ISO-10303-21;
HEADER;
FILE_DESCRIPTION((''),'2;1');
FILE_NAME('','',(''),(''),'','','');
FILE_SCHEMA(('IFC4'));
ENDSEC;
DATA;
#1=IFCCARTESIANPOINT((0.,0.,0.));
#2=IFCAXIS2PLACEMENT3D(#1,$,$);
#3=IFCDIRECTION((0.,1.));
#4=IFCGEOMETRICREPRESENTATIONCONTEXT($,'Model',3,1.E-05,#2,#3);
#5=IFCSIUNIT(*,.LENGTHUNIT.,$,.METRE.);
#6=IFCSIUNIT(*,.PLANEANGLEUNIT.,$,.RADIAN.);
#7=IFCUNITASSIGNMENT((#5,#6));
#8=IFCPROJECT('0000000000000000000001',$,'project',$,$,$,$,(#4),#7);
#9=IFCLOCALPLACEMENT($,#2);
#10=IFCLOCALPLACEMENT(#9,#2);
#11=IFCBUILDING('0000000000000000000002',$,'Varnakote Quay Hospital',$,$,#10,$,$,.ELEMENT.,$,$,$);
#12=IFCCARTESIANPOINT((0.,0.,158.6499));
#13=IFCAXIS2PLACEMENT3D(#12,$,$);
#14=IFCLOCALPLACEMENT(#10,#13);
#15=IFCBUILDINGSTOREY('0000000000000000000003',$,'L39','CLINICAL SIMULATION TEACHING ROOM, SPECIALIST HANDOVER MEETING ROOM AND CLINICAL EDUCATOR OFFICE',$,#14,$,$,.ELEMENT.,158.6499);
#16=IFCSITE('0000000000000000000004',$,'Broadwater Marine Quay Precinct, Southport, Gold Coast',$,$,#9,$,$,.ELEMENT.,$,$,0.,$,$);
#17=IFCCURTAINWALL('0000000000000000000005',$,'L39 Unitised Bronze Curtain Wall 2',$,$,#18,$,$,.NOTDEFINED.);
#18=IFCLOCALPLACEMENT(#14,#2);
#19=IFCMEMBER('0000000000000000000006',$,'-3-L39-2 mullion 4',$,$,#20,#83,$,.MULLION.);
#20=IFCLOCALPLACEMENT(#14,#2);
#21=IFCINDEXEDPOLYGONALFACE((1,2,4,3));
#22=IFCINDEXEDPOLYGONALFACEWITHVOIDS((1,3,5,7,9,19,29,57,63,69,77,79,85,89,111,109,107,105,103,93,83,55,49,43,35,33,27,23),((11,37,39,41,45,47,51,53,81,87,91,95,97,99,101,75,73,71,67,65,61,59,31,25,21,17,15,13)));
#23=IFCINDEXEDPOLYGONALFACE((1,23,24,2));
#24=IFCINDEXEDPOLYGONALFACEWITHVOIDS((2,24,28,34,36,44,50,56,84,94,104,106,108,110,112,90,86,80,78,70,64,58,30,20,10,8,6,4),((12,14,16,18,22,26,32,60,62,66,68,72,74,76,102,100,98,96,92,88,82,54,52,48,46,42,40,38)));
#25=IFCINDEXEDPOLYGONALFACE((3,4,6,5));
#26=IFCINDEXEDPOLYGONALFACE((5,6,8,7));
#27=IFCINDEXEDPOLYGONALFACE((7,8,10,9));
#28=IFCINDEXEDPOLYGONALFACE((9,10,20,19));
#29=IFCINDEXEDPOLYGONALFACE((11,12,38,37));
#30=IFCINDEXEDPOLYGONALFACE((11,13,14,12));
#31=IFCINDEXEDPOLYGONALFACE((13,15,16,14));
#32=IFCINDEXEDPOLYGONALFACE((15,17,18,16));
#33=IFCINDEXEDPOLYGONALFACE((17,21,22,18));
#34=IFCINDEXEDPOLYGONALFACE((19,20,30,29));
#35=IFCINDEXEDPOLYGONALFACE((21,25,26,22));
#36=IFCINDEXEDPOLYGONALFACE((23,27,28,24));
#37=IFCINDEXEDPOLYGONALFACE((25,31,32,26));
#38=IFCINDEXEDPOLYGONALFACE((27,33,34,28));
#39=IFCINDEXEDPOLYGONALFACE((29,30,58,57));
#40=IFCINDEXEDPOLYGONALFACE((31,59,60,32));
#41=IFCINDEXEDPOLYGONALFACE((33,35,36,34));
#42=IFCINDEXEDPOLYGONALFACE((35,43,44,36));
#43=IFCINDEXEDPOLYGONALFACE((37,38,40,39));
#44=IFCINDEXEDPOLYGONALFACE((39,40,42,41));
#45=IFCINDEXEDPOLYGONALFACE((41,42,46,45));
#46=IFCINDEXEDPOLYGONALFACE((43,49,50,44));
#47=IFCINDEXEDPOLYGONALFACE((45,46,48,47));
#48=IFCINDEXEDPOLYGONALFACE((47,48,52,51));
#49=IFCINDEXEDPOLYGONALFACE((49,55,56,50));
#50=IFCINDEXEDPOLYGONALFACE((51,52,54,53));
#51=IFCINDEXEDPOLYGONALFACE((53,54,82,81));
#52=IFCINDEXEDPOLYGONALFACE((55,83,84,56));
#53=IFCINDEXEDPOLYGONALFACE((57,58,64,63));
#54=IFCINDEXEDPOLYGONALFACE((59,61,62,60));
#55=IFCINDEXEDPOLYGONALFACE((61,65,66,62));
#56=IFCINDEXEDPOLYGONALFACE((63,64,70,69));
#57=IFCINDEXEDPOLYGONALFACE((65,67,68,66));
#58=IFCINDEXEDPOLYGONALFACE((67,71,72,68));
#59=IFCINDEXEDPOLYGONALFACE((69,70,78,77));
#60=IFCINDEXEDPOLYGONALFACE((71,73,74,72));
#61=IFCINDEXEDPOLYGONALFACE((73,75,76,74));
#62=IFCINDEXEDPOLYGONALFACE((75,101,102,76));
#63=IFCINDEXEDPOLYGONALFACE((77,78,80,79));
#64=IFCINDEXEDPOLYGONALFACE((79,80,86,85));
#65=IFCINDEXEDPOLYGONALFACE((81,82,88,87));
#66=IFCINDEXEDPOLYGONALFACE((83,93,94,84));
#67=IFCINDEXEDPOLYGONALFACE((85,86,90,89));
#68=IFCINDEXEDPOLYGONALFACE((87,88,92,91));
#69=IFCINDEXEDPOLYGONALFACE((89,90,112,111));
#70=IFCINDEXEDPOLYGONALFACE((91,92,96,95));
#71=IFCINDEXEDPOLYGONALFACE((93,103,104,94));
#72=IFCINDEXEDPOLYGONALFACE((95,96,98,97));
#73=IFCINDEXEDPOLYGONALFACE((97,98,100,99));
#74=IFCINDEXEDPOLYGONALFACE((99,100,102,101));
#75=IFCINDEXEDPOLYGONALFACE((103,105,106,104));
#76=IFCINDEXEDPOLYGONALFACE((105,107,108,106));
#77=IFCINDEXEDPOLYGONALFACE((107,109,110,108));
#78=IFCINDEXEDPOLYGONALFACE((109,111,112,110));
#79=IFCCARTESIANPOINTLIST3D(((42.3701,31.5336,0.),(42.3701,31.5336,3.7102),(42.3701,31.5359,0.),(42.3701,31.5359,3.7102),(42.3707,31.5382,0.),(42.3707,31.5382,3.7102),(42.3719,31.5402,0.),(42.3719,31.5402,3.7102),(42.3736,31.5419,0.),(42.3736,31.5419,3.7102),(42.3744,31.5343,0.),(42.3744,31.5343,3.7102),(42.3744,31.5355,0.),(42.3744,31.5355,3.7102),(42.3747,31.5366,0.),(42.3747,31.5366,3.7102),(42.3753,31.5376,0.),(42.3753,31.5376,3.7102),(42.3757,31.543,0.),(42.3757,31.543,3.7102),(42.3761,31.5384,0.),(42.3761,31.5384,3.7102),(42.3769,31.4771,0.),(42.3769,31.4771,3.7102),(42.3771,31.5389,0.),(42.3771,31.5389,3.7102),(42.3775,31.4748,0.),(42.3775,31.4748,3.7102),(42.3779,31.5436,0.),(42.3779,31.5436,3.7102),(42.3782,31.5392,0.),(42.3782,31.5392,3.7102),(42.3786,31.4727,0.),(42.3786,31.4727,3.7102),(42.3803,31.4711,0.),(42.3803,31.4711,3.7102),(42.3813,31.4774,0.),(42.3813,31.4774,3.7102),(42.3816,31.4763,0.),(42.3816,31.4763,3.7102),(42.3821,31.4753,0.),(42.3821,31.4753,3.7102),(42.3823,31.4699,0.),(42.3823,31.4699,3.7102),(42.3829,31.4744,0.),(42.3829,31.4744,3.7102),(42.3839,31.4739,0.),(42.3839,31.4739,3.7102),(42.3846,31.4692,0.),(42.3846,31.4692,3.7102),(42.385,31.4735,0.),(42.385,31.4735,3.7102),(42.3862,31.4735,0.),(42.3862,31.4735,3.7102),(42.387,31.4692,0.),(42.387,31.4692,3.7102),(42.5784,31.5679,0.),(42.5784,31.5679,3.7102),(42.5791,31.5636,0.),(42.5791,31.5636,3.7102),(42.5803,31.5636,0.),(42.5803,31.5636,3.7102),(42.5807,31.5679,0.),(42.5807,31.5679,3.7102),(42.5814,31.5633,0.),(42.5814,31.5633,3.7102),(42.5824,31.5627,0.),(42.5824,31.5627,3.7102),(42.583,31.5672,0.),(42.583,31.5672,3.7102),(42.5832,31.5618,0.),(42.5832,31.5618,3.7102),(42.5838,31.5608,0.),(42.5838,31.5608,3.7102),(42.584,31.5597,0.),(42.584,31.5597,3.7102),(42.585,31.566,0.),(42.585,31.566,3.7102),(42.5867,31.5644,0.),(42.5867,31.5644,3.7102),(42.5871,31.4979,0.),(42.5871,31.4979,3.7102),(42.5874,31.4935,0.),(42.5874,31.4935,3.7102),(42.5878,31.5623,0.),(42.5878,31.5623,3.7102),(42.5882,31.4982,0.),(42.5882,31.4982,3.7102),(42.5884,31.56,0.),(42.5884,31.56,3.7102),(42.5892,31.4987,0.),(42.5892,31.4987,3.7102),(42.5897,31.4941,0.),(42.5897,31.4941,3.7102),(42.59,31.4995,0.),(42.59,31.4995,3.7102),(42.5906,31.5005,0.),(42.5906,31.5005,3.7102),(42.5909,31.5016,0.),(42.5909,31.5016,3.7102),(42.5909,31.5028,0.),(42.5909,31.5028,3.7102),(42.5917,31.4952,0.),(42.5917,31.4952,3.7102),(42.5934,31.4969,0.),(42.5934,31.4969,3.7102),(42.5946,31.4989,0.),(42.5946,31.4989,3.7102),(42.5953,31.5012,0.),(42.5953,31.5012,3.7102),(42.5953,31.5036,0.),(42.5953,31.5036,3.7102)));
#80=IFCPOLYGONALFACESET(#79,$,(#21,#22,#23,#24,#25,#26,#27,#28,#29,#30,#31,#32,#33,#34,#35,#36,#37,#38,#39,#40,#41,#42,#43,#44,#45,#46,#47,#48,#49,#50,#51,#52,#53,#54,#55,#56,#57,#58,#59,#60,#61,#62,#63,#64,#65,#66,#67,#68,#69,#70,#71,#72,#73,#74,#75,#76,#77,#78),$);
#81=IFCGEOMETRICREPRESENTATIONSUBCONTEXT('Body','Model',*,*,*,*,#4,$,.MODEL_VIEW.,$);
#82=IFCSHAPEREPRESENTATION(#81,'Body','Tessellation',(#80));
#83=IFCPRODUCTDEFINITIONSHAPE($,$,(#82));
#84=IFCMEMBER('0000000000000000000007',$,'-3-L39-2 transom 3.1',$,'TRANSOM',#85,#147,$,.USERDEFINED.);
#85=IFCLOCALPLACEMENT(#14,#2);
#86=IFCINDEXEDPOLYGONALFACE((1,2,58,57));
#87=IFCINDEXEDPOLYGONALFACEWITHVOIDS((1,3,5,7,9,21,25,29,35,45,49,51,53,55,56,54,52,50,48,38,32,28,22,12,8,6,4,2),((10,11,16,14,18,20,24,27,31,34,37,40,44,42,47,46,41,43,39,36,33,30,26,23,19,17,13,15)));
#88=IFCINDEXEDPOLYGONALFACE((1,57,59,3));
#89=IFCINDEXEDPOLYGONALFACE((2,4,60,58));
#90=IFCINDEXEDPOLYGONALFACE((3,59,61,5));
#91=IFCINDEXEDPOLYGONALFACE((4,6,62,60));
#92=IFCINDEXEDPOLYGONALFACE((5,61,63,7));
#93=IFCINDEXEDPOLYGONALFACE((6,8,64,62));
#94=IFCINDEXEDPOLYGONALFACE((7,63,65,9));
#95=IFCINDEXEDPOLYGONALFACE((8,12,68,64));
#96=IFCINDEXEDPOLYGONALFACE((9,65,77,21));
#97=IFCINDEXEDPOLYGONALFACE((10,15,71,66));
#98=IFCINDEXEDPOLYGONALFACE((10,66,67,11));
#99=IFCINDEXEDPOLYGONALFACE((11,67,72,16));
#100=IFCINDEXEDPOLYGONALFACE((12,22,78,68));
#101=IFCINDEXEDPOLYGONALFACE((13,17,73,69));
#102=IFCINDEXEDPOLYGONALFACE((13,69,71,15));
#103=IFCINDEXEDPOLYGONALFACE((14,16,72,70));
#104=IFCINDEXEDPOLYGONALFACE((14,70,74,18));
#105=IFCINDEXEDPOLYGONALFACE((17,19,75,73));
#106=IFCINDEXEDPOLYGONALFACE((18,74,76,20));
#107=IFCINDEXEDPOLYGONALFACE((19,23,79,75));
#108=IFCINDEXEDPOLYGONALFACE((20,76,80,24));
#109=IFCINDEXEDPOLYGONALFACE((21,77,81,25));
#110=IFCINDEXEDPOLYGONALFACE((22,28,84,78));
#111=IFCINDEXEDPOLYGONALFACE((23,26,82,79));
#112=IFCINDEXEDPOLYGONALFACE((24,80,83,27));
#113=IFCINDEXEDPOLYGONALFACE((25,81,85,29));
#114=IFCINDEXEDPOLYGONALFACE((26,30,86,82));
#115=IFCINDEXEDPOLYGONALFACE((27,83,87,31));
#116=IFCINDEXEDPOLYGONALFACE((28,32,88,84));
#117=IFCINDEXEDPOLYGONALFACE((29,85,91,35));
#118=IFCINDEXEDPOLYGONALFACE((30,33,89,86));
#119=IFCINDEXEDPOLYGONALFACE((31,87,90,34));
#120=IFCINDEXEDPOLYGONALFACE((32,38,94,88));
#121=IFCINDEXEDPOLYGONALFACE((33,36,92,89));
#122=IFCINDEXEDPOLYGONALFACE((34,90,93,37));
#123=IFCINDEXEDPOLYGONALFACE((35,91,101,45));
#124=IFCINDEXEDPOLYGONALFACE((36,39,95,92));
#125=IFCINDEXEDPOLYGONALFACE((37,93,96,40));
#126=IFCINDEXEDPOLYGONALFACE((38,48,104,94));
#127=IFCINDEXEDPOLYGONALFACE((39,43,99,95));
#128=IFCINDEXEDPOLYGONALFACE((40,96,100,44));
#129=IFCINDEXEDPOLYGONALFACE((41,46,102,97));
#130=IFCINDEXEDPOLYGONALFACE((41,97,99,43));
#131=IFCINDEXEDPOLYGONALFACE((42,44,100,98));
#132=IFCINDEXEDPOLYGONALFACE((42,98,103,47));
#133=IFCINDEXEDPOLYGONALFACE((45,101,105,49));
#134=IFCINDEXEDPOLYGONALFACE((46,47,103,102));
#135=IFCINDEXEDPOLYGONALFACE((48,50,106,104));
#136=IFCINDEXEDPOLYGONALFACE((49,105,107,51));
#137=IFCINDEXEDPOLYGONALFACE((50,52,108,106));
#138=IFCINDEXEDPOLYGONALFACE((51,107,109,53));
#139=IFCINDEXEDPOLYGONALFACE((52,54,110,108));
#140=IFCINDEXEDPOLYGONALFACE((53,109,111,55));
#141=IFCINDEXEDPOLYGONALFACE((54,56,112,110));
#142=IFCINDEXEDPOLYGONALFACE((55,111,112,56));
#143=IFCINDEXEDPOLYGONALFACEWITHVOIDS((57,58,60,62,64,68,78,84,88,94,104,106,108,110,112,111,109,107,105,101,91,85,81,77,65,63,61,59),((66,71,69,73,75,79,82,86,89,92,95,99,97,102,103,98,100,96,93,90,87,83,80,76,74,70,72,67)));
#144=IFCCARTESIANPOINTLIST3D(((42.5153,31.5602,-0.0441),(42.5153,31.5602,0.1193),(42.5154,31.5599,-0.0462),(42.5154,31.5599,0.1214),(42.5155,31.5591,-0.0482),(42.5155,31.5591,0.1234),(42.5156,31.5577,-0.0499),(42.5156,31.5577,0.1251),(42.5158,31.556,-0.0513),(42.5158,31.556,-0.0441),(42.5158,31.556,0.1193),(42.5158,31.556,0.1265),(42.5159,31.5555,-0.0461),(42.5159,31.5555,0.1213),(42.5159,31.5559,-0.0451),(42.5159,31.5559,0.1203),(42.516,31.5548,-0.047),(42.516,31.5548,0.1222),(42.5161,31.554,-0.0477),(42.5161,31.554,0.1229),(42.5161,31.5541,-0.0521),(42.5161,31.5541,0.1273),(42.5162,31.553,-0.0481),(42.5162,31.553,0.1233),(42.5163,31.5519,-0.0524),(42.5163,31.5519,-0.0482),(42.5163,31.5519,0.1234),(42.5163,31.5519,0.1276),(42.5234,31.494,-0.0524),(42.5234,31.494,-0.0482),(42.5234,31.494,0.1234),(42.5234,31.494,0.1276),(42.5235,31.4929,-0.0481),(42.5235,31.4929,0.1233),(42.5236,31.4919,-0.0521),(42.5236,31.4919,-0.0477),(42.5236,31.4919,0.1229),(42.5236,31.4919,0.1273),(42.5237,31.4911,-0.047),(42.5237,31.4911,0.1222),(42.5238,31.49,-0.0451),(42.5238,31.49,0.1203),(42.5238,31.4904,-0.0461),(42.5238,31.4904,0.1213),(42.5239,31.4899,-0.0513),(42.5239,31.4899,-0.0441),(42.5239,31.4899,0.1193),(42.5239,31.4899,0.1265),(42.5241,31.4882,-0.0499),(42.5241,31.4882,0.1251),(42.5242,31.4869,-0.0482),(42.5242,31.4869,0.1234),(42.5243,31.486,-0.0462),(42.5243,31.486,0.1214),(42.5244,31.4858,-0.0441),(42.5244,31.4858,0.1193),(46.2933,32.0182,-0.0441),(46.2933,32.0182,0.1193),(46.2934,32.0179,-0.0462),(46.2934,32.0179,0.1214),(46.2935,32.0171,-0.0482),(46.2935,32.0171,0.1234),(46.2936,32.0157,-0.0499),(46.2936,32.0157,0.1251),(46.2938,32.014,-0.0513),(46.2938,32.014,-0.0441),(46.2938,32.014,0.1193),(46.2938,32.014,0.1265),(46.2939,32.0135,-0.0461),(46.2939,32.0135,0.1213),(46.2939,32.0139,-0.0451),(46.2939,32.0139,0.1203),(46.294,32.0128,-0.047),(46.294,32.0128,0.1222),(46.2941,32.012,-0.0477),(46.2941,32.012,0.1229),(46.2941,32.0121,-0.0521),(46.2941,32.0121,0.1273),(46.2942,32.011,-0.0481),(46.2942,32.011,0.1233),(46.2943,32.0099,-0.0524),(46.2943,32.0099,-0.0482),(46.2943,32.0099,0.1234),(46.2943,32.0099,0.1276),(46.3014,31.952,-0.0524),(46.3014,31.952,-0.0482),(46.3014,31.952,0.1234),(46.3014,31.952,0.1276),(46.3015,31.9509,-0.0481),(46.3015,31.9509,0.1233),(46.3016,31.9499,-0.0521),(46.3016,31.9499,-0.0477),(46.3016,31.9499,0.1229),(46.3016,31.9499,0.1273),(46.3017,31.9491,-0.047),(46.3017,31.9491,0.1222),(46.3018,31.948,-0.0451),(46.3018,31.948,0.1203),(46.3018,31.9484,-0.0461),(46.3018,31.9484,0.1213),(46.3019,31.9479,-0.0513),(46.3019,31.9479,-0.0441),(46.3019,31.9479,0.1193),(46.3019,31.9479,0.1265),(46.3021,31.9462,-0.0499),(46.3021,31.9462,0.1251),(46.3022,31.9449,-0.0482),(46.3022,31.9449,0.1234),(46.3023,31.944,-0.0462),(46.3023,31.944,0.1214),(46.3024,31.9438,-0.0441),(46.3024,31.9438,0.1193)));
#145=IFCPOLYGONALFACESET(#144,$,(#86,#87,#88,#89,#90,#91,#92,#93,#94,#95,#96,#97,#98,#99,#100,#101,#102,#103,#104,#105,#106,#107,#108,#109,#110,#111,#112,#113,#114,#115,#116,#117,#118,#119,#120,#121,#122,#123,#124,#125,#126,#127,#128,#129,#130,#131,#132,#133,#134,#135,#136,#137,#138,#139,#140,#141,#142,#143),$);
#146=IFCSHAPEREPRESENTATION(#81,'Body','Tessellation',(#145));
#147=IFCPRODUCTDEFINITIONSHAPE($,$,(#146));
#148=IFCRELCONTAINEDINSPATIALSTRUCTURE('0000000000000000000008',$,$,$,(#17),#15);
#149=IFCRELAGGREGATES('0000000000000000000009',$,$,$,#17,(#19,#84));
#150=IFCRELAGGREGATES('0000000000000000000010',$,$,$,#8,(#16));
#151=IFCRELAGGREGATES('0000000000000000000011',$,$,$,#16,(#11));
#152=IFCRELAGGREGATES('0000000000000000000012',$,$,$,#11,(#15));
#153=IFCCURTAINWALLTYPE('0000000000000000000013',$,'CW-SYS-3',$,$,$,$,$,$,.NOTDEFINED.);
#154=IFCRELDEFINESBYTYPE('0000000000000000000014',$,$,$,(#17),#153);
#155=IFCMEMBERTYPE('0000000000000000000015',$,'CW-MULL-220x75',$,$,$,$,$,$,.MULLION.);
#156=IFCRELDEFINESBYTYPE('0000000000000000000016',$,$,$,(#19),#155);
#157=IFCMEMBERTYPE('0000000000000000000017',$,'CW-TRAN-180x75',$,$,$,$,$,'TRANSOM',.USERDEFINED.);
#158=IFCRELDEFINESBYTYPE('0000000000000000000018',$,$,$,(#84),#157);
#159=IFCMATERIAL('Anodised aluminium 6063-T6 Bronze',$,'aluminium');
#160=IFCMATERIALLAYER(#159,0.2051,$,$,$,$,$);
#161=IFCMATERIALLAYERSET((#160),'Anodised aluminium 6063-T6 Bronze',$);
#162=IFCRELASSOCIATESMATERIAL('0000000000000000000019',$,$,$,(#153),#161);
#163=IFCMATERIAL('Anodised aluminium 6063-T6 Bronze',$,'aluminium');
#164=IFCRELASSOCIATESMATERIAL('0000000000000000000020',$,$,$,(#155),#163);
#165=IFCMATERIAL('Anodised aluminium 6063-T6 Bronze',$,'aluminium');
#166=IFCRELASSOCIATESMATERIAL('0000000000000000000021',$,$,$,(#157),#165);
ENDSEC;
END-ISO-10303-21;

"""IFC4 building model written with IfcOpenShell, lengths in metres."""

from ifc_helpers import new_model, si_unit, direction, frame, origin, origin_2d, place, context, subcontext, project, spatial, hollow_rectangle, extrude, material, layer, layer_set, material_profile, profile_set, type_object, element, aggregate, save


model = new_model("IFC4")

# Units and contexts
model_context = context("Model", 3, precision=1e-05, world=origin(), true_north=direction((0.0, 1.0)))
body_context = subcontext(model_context, "Body", "Model", "MODEL_VIEW")
ifc_project = project(units=[si_unit("LENGTHUNIT", "METRE"), si_unit("PLANEANGLEUNIT", "RADIAN")], contexts=[model_context])

# Site, building, storey
site_placement = place(None, origin())
site = spatial("IfcSite", under=ifc_project, at=site_placement, Name="Broadwater Marine Quay Precinct, Southport, Gold Coast", CompositionType="ELEMENT", RefElevation=0.0)
building_placement = place(site_placement, origin())
building = spatial("IfcBuilding", under=site, at=building_placement, Name="Varnakote Quay Hospital", CompositionType="ELEMENT")
storey_placement = place(building_placement, frame((0.0, 0.0, 158.6499)))
storey = spatial("IfcBuildingStorey", under=building, at=storey_placement, Name="L39", Description="CLINICAL SIMULATION TEACHING ROOM, SPECIALIST HANDOVER MEETING ROOM AND CLINICAL EDUCATOR OFFICE", CompositionType="ELEMENT", Elevation=158.6499)

# Curtain wall, members
ifc_material_1 = material(Name="Anodised aluminium 6063-T6 Bronze", Category="aluminium")
ifc_layer_1 = layer(ifc_material_1, 0.2051)
ifc_layer_set_1 = layer_set([ifc_layer_1], Name="Anodised aluminium 6063-T6 Bronze")
curtain_wall_type = type_object("IfcCurtainWallType", Name="CW-SYS-3", PredefinedType="NOTDEFINED", material=ifc_layer_set_1)
curtain_wall_placement = place(storey_placement, origin())
curtain_wall = element("IfcCurtainWall", 1, at=curtain_wall_placement, inside=storey, type_object=curtain_wall_type, Name="L39 Unitised Bronze Curtain Wall 2", PredefinedType="NOTDEFINED")
ifc_material_2 = material(Name="Anodised aluminium 6063-T6 Bronze", Category="aluminium")
ifc_material_profile_1 = material_profile(ifc_material_2, hollow_rectangle(XDim=0.075, YDim=0.22, WallThickness=0.0044, InnerFilletRadius=0.0044, OuterFilletRadius=0.009, at=origin_2d()), Name="CW-MULL-220x75")
ifc_profile_set_1 = profile_set([ifc_material_profile_1], Name="Anodised aluminium 6063-T6 Bronze")
member_type_1 = type_object("IfcMemberType", Name="CW-MULL-220x75", PredefinedType="MULLION", material=ifc_profile_set_1)
member_1_placement = place(storey_placement, frame((42.4827, 31.5186, 0.0), z_axis=(0.0, 0.0, 1.0), x_axis=(0.120327, -0.992734, 0.0)))
member_1 = element("IfcMember", 2, at=member_1_placement, type_object=member_type_1, Name="-3-L39-2 mullion 4", PredefinedType="MULLION", context=body_context, shape_type="SweptSolid", body=[
    extrude(hollow_rectangle(XDim=0.075, YDim=0.22, WallThickness=0.0044, InnerFilletRadius=0.0044, OuterFilletRadius=0.009, at=origin_2d()), origin(), (0.0, 0.0, 1.0), 3.7102),
])
ifc_material_3 = material(Name="Anodised aluminium 6063-T6 Bronze", Category="aluminium")
ifc_material_profile_2 = material_profile(ifc_material_3, hollow_rectangle(XDim=0.075, YDim=0.1799, WallThickness=0.0042, InnerFilletRadius=0.0042, OuterFilletRadius=0.0083, at=origin_2d()), Name="CW-TRAN-180x75")
ifc_profile_set_2 = profile_set([ifc_material_profile_2], Name="Anodised aluminium 6063-T6 Bronze")
member_type_2 = type_object("IfcMemberType", Name="CW-TRAN-180x75", ElementType="TRANSOM", PredefinedType="USERDEFINED", material=ifc_profile_set_2)
member_2_placement = place(storey_placement, frame((46.2979, 31.981, 0.0376), z_axis=(-0.992732, -0.120347, 0.0), x_axis=(0.120347, -0.992732, 0.0)))
member_2 = element("IfcMember", 3, at=member_2_placement, type_object=member_type_2, Name="-3-L39-2 transom 3.1", ObjectType="TRANSOM", PredefinedType="USERDEFINED", context=body_context, shape_type="SweptSolid", body=[
    extrude(hollow_rectangle(XDim=0.075, YDim=0.1799, WallThickness=0.0042, InnerFilletRadius=0.0042, OuterFilletRadius=0.0083, at=origin_2d()), origin(), (0.0, 0.0, 1.0), 3.8057),
])

aggregate(curtain_wall, [member_1, member_2])

save(model, "model.ifc")
